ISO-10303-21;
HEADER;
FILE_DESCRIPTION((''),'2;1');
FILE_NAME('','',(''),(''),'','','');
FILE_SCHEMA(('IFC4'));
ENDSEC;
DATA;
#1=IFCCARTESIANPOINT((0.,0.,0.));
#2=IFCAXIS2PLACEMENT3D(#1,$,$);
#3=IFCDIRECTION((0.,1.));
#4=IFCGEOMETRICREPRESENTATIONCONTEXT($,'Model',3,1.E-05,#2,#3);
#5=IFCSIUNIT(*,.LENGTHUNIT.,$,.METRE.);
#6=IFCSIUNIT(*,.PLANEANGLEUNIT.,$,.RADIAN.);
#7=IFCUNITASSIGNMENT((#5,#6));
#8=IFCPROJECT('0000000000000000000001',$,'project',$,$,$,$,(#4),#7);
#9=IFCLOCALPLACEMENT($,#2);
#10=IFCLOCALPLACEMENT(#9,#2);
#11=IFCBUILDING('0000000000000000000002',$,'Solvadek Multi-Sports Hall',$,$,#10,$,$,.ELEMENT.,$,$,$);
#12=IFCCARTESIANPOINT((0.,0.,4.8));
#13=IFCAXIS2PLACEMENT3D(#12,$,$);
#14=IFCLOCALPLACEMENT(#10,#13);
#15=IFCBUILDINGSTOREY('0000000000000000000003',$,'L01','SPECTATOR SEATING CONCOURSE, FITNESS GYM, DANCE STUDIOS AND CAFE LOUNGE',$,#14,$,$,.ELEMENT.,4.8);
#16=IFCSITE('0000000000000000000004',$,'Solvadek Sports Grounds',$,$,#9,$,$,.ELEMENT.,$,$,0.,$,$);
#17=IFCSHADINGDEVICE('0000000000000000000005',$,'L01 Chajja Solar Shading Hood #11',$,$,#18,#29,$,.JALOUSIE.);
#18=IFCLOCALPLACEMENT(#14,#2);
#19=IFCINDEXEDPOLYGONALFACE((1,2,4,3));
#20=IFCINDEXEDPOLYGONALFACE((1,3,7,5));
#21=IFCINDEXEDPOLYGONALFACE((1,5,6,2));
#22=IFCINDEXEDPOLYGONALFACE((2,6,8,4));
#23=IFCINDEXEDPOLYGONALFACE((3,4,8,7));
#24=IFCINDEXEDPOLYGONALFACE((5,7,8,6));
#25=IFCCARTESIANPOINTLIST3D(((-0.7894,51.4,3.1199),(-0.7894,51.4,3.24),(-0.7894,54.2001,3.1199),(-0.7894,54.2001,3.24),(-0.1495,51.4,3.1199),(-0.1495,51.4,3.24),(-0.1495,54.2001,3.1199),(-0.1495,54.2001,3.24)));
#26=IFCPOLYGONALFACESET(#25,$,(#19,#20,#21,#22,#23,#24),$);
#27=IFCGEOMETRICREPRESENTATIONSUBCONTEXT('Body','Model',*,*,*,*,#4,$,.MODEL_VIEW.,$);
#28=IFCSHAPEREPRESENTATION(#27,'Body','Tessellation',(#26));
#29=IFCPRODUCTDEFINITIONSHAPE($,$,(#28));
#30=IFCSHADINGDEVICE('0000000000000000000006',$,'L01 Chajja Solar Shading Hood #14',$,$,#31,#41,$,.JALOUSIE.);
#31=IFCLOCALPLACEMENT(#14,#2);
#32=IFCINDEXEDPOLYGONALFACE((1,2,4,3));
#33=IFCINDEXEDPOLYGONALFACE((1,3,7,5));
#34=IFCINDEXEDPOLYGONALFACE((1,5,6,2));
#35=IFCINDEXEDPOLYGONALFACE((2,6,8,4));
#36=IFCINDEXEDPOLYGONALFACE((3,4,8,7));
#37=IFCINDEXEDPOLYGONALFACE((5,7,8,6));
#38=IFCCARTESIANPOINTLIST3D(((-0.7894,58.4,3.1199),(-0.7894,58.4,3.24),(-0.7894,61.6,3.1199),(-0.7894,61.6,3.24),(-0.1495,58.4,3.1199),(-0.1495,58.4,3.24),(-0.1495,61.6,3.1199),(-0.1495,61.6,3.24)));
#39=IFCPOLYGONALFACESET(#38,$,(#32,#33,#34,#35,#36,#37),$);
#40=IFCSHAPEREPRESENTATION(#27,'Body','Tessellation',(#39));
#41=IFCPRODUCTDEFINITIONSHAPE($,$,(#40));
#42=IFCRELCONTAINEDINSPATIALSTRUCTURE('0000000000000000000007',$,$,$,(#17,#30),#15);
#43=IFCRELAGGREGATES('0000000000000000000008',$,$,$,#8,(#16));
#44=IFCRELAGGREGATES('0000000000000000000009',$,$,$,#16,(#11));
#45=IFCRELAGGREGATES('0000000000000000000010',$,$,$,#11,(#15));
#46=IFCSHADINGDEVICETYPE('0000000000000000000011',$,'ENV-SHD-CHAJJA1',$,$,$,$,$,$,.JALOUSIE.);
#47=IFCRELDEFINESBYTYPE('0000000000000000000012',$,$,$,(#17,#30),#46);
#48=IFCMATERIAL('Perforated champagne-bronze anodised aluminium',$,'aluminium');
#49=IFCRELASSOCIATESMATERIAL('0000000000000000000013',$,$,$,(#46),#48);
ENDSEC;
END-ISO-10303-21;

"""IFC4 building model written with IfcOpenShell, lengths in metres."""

from ifc_helpers import new_model, si_unit, direction, frame, origin, origin_2d, place, context, subcontext, project, spatial, rectangle, extrude, material, type_object, element, save


model = new_model("IFC4")

# Units and contexts
model_context = context("Model", 3, precision=1e-05, world=origin(), true_north=direction((0.0, 1.0)))
body_context = subcontext(model_context, "Body", "Model", "MODEL_VIEW")
ifc_project = project(units=[si_unit("LENGTHUNIT", "METRE"), si_unit("PLANEANGLEUNIT", "RADIAN")], contexts=[model_context])

# Site, building, storey
site_placement = place(None, origin())
site = spatial("IfcSite", under=ifc_project, at=site_placement, Name="Solvadek Sports Grounds", CompositionType="ELEMENT", RefElevation=0.0)
building_placement = place(site_placement, origin())
building = spatial("IfcBuilding", under=site, at=building_placement, Name="Solvadek Multi-Sports Hall", CompositionType="ELEMENT")
storey_placement = place(building_placement, frame((0.0, 0.0, 4.8)))
storey = spatial("IfcBuildingStorey", under=building, at=storey_placement, Name="L01", Description="SPECTATOR SEATING CONCOURSE, FITNESS GYM, DANCE STUDIOS AND CAFE LOUNGE", CompositionType="ELEMENT", Elevation=4.8)

# Shading devices
ifc_material_1 = material(Name="Perforated champagne-bronze anodised aluminium", Category="aluminium")
shading_device_type = type_object("IfcShadingDeviceType", Name="ENV-SHD-CHAJJA1", PredefinedType="JALOUSIE", material=ifc_material_1)
shading_device_1_placement = place(storey_placement, frame((-0.4695, 52.8, 3.1199), z_axis=(0.0, 0.0, 1.0), x_axis=(0.0, 1.0, 0.0)))
element("IfcShadingDevice", 1, at=shading_device_1_placement, inside=storey, type_object=shading_device_type, Name="L01 Chajja Solar Shading Hood #11", PredefinedType="JALOUSIE", context=body_context, shape_type="SweptSolid", body=[
    extrude(rectangle(XDim=2.8, YDim=0.6399, at=origin_2d()), origin(), (0.0, 0.0, 1.0), 0.1201),
])
shading_device_2_placement = place(storey_placement, frame((-0.4695, 60.0, 3.1199), z_axis=(0.0, 0.0, 1.0), x_axis=(0.0, 1.0, 0.0)))
element("IfcShadingDevice", 2, at=shading_device_2_placement, inside=storey, type_object=shading_device_type, Name="L01 Chajja Solar Shading Hood #14", PredefinedType="JALOUSIE", context=body_context, shape_type="SweptSolid", body=[
    extrude(rectangle(XDim=3.2, YDim=0.6399, at=origin_2d()), origin(), (0.0, 0.0, 1.0), 0.1201),
])

save(model, "model.ifc")
